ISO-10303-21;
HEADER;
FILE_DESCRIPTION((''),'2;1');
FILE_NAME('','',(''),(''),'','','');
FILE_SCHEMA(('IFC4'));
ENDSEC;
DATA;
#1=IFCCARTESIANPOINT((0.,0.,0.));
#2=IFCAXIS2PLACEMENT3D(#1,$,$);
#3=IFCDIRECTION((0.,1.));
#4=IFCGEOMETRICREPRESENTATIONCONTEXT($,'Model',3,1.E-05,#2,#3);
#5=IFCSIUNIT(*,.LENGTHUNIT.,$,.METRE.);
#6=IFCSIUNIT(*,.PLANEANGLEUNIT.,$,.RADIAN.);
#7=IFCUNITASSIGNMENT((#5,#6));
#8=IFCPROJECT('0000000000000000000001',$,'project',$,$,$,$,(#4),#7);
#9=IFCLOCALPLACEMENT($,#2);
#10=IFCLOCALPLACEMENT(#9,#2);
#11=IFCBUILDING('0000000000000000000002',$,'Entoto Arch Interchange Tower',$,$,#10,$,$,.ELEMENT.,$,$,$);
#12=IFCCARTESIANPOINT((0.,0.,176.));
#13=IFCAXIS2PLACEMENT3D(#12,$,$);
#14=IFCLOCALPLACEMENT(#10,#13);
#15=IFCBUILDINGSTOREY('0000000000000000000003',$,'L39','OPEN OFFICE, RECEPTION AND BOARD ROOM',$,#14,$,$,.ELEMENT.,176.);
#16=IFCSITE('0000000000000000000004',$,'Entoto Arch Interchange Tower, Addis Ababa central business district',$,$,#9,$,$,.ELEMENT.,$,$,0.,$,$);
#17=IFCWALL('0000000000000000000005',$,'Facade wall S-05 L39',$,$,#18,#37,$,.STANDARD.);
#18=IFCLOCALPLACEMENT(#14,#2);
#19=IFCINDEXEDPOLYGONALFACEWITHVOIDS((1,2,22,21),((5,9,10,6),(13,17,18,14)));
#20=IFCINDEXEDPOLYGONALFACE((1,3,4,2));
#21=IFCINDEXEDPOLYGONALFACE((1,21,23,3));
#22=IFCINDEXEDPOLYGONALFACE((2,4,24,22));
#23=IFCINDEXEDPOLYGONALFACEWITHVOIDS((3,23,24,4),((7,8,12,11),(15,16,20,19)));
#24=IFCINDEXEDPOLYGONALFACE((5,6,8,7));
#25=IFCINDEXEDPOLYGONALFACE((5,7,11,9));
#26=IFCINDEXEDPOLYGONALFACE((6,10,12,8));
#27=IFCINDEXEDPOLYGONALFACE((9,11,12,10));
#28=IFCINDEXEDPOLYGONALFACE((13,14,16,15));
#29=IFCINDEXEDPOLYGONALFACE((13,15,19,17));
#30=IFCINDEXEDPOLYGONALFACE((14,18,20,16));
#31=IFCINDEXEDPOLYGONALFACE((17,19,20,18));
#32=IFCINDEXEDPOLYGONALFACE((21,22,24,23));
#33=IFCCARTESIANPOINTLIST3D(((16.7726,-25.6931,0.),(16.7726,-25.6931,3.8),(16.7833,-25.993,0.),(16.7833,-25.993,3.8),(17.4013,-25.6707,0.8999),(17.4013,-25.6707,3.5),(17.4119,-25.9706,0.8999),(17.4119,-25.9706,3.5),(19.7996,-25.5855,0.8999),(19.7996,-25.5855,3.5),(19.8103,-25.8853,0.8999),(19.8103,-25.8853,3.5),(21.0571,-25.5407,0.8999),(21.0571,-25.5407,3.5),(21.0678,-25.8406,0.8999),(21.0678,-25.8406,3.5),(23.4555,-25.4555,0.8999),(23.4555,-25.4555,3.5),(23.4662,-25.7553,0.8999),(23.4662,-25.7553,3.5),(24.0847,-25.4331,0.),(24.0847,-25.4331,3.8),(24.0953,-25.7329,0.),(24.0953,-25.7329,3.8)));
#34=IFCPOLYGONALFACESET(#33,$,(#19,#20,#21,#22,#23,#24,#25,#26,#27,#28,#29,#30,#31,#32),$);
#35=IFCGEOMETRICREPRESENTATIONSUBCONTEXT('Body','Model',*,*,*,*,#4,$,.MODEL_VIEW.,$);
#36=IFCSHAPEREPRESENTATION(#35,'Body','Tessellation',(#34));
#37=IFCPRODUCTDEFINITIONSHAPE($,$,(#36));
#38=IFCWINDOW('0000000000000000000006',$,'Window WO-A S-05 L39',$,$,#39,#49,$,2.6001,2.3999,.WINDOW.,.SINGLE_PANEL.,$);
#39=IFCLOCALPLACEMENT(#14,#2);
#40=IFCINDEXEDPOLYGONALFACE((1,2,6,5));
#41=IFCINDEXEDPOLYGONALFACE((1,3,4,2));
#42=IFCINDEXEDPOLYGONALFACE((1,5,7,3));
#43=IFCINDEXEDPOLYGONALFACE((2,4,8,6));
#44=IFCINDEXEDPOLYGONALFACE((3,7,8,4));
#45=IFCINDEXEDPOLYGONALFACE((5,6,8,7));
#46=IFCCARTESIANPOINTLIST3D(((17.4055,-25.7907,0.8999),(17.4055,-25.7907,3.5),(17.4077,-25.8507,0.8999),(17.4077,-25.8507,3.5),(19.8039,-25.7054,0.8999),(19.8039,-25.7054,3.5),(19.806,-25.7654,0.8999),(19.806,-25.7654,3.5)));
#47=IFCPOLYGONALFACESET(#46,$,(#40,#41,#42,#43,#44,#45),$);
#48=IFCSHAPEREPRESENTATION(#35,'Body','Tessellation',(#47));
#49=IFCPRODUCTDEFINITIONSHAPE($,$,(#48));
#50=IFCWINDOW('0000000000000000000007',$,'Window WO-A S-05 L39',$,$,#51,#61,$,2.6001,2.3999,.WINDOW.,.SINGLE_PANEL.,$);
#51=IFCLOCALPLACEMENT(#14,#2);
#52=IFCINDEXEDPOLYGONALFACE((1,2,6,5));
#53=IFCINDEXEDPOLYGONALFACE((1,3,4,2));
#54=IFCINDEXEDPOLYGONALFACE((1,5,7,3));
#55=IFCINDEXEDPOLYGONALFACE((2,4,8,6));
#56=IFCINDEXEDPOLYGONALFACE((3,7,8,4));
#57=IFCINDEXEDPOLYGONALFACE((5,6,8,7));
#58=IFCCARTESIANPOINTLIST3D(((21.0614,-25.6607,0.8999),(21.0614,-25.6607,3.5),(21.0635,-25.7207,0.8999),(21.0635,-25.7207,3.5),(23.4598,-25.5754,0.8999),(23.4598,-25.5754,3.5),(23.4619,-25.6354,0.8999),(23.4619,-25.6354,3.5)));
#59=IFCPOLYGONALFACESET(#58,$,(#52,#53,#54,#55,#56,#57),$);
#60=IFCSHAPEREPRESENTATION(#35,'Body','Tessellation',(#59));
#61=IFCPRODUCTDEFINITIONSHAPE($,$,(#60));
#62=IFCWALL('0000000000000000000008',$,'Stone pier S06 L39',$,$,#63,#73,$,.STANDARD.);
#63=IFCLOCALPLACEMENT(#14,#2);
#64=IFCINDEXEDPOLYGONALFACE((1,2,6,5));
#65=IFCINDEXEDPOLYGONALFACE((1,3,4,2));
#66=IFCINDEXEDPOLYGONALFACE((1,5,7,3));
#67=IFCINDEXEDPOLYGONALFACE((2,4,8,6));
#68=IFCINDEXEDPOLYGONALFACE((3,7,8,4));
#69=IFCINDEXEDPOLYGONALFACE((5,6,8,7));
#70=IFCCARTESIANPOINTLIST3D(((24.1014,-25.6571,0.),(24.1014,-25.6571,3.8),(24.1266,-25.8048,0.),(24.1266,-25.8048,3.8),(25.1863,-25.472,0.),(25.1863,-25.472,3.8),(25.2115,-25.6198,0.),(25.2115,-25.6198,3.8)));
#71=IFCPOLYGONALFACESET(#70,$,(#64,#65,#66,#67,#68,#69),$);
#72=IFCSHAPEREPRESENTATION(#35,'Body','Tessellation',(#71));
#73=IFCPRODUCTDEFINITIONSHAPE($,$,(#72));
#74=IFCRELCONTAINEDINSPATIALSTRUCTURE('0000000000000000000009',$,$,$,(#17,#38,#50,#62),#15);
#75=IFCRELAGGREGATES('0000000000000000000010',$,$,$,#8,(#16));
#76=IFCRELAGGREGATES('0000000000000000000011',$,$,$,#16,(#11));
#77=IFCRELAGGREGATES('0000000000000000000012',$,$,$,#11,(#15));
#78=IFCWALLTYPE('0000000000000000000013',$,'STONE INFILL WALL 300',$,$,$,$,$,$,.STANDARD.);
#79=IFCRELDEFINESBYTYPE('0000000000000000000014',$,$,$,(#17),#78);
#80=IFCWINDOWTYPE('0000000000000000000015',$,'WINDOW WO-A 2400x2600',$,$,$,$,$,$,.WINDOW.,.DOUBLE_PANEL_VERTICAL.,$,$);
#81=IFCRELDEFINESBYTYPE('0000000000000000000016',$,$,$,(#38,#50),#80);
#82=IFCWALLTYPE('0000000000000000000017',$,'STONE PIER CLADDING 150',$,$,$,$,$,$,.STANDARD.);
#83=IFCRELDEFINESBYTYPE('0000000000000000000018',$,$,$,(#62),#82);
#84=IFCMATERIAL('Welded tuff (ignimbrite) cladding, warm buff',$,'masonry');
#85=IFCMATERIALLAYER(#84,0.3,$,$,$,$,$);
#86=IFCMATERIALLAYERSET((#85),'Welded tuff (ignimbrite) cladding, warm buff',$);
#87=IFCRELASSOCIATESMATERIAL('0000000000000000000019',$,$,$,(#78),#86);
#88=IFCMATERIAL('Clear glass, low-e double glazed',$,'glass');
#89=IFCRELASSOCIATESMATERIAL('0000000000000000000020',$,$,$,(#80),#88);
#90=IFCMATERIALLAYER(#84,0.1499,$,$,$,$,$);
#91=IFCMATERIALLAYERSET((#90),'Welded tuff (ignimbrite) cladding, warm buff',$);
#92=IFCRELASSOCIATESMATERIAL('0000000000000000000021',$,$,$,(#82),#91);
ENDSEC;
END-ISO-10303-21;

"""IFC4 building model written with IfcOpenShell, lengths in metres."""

from ifc_helpers import new_model, si_unit, direction, frame, frame_2d, origin, place, context, subcontext, project, spatial, rectangle, extrude, material, layer, layer_set, type_object, element, fill, save


model = new_model("IFC4")

# Units and contexts
model_context = context("Model", 3, precision=1e-05, world=origin(), true_north=direction((0.0, 1.0)))
body_context = subcontext(model_context, "Body", "Model", "MODEL_VIEW")
ifc_project = project(units=[si_unit("LENGTHUNIT", "METRE"), si_unit("PLANEANGLEUNIT", "RADIAN")], contexts=[model_context])

# Site, building, storey
site_placement = place(None, origin())
site = spatial("IfcSite", under=ifc_project, at=site_placement, Name="Entoto Arch Interchange Tower, Addis Ababa central business district", CompositionType="ELEMENT", RefElevation=0.0)
building_placement = place(site_placement, origin())
building = spatial("IfcBuilding", under=site, at=building_placement, Name="Entoto Arch Interchange Tower", CompositionType="ELEMENT")
storey_placement = place(building_placement, frame((0.0, 0.0, 176.0)))
storey = spatial("IfcBuildingStorey", under=building, at=storey_placement, Name="L39", Description="OPEN OFFICE, RECEPTION AND BOARD ROOM", CompositionType="ELEMENT", Elevation=176.0)

# Wall, openings, windows
ifc_material_1 = material(Name="Welded tuff (ignimbrite) cladding, warm buff", Category="masonry")
ifc_layer_1 = layer(ifc_material_1, 0.3)
ifc_layer_set_1 = layer_set([ifc_layer_1], Name="Welded tuff (ignimbrite) cladding, warm buff")
wall_type_1 = type_object("IfcWallType", Name="STONE INFILL WALL 300", PredefinedType="STANDARD", material=ifc_layer_set_1)
wall_1_placement = place(storey_placement, frame((16.7781, -25.843, 0.0), z_axis=(0.0, 0.0, 1.0), x_axis=(0.999368, 0.035537, 0.0)))
wall_1 = element("IfcWall", 1, at=wall_1_placement, inside=storey, type_object=wall_type_1, Name="Facade wall S-05 L39", PredefinedType="STANDARD", context=body_context, shape_type="SweptSolid", body=[
    extrude(rectangle(XDim=7.3167, YDim=0.3, at=frame_2d((3.6582, 0.0))), origin(), (0.0, 0.0, 1.0), 3.8),
])
opening_1_placement = place(wall_1_placement, frame((0.6289, 0.0, 0.8999)))
opening_1 = element("IfcOpeningElement", 2, at=opening_1_placement, cuts=wall_1, PredefinedType="OPENING", context=body_context, shape_type="SweptSolid", body=[
    extrude(rectangle(XDim=2.3999, YDim=2.6001, at=frame_2d((1.2, 1.3))), frame((0.0, 0.1602, 0.0), z_axis=(0.0, -1.0, 0.0), x_axis=(1.0, 0.0, 0.0)), (0.0, 0.0, 1.0), 0.3201),
])
opening_2_placement = place(wall_1_placement, frame((4.2871, 0.0, 0.8999)))
opening_2 = element("IfcOpeningElement", 3, at=opening_2_placement, cuts=wall_1, PredefinedType="OPENING", context=body_context, shape_type="SweptSolid", body=[
    extrude(rectangle(XDim=2.3999, YDim=2.6001, at=frame_2d((1.2, 1.3))), frame((0.0, 0.1602, 0.0), z_axis=(0.0, -1.0, 0.0), x_axis=(1.0, 0.0, 0.0)), (0.0, 0.0, 1.0), 0.3201),
])
ifc_material_2 = material(Name="Clear glass, low-e double glazed", Category="glass")
window_type = type_object("IfcWindowType", Name="WINDOW WO-A 2400x2600", PartitioningType="DOUBLE_PANEL_VERTICAL", PredefinedType="WINDOW", material=ifc_material_2)
window_1_placement = place(opening_1_placement, origin())
window_1 = element("IfcWindow", 4, at=window_1_placement, inside=storey, type_object=window_type, Name="Window WO-A S-05 L39", OverallHeight=2.6001, OverallWidth=2.3999, PartitioningType="SINGLE_PANEL", PredefinedType="WINDOW", context=body_context, shape_type="SweptSolid", body=[
    extrude(rectangle(XDim=2.3999, YDim=2.6001, at=frame_2d((1.2, 1.3))), frame((0.0, 0.03, 0.0), z_axis=(0.0, -1.0, 0.0), x_axis=(1.0, 0.0, 0.0)), (0.0, 0.0, 1.0), 0.0601),
])
fill(opening_1, window_1)
window_2_placement = place(opening_2_placement, origin())
window_2 = element("IfcWindow", 5, at=window_2_placement, inside=storey, type_object=window_type, Name="Window WO-A S-05 L39", OverallHeight=2.6001, OverallWidth=2.3999, PartitioningType="SINGLE_PANEL", PredefinedType="WINDOW", context=body_context, shape_type="SweptSolid", body=[
    extrude(rectangle(XDim=2.3999, YDim=2.6001, at=frame_2d((1.2, 1.3))), frame((0.0, 0.03, 0.0), z_axis=(0.0, -1.0, 0.0), x_axis=(1.0, 0.0, 0.0)), (0.0, 0.0, 1.0), 0.0601),
])
fill(opening_2, window_2)

# Wall
ifc_layer_2 = layer(ifc_material_1, 0.1499)
ifc_layer_set_2 = layer_set([ifc_layer_2], Name="Welded tuff (ignimbrite) cladding, warm buff")
wall_type_2 = type_object("IfcWallType", Name="STONE PIER CLADDING 150", PredefinedType="STANDARD", material=ifc_layer_set_2)
wall_2_placement = place(storey_placement, frame((24.114, -25.731, 0.0), z_axis=(0.0, 0.0, 1.0), x_axis=(0.985763, 0.168139, 0.0)))
element("IfcWall", 6, at=wall_2_placement, inside=storey, type_object=wall_type_2, Name="Stone pier S06 L39", PredefinedType="STANDARD", context=body_context, shape_type="SweptSolid", body=[
    extrude(rectangle(XDim=1.1006, YDim=0.1499, at=frame_2d((0.5503, 0.0))), origin(), (0.0, 0.0, 1.0), 3.8),
])

save(model, "model.ifc")
